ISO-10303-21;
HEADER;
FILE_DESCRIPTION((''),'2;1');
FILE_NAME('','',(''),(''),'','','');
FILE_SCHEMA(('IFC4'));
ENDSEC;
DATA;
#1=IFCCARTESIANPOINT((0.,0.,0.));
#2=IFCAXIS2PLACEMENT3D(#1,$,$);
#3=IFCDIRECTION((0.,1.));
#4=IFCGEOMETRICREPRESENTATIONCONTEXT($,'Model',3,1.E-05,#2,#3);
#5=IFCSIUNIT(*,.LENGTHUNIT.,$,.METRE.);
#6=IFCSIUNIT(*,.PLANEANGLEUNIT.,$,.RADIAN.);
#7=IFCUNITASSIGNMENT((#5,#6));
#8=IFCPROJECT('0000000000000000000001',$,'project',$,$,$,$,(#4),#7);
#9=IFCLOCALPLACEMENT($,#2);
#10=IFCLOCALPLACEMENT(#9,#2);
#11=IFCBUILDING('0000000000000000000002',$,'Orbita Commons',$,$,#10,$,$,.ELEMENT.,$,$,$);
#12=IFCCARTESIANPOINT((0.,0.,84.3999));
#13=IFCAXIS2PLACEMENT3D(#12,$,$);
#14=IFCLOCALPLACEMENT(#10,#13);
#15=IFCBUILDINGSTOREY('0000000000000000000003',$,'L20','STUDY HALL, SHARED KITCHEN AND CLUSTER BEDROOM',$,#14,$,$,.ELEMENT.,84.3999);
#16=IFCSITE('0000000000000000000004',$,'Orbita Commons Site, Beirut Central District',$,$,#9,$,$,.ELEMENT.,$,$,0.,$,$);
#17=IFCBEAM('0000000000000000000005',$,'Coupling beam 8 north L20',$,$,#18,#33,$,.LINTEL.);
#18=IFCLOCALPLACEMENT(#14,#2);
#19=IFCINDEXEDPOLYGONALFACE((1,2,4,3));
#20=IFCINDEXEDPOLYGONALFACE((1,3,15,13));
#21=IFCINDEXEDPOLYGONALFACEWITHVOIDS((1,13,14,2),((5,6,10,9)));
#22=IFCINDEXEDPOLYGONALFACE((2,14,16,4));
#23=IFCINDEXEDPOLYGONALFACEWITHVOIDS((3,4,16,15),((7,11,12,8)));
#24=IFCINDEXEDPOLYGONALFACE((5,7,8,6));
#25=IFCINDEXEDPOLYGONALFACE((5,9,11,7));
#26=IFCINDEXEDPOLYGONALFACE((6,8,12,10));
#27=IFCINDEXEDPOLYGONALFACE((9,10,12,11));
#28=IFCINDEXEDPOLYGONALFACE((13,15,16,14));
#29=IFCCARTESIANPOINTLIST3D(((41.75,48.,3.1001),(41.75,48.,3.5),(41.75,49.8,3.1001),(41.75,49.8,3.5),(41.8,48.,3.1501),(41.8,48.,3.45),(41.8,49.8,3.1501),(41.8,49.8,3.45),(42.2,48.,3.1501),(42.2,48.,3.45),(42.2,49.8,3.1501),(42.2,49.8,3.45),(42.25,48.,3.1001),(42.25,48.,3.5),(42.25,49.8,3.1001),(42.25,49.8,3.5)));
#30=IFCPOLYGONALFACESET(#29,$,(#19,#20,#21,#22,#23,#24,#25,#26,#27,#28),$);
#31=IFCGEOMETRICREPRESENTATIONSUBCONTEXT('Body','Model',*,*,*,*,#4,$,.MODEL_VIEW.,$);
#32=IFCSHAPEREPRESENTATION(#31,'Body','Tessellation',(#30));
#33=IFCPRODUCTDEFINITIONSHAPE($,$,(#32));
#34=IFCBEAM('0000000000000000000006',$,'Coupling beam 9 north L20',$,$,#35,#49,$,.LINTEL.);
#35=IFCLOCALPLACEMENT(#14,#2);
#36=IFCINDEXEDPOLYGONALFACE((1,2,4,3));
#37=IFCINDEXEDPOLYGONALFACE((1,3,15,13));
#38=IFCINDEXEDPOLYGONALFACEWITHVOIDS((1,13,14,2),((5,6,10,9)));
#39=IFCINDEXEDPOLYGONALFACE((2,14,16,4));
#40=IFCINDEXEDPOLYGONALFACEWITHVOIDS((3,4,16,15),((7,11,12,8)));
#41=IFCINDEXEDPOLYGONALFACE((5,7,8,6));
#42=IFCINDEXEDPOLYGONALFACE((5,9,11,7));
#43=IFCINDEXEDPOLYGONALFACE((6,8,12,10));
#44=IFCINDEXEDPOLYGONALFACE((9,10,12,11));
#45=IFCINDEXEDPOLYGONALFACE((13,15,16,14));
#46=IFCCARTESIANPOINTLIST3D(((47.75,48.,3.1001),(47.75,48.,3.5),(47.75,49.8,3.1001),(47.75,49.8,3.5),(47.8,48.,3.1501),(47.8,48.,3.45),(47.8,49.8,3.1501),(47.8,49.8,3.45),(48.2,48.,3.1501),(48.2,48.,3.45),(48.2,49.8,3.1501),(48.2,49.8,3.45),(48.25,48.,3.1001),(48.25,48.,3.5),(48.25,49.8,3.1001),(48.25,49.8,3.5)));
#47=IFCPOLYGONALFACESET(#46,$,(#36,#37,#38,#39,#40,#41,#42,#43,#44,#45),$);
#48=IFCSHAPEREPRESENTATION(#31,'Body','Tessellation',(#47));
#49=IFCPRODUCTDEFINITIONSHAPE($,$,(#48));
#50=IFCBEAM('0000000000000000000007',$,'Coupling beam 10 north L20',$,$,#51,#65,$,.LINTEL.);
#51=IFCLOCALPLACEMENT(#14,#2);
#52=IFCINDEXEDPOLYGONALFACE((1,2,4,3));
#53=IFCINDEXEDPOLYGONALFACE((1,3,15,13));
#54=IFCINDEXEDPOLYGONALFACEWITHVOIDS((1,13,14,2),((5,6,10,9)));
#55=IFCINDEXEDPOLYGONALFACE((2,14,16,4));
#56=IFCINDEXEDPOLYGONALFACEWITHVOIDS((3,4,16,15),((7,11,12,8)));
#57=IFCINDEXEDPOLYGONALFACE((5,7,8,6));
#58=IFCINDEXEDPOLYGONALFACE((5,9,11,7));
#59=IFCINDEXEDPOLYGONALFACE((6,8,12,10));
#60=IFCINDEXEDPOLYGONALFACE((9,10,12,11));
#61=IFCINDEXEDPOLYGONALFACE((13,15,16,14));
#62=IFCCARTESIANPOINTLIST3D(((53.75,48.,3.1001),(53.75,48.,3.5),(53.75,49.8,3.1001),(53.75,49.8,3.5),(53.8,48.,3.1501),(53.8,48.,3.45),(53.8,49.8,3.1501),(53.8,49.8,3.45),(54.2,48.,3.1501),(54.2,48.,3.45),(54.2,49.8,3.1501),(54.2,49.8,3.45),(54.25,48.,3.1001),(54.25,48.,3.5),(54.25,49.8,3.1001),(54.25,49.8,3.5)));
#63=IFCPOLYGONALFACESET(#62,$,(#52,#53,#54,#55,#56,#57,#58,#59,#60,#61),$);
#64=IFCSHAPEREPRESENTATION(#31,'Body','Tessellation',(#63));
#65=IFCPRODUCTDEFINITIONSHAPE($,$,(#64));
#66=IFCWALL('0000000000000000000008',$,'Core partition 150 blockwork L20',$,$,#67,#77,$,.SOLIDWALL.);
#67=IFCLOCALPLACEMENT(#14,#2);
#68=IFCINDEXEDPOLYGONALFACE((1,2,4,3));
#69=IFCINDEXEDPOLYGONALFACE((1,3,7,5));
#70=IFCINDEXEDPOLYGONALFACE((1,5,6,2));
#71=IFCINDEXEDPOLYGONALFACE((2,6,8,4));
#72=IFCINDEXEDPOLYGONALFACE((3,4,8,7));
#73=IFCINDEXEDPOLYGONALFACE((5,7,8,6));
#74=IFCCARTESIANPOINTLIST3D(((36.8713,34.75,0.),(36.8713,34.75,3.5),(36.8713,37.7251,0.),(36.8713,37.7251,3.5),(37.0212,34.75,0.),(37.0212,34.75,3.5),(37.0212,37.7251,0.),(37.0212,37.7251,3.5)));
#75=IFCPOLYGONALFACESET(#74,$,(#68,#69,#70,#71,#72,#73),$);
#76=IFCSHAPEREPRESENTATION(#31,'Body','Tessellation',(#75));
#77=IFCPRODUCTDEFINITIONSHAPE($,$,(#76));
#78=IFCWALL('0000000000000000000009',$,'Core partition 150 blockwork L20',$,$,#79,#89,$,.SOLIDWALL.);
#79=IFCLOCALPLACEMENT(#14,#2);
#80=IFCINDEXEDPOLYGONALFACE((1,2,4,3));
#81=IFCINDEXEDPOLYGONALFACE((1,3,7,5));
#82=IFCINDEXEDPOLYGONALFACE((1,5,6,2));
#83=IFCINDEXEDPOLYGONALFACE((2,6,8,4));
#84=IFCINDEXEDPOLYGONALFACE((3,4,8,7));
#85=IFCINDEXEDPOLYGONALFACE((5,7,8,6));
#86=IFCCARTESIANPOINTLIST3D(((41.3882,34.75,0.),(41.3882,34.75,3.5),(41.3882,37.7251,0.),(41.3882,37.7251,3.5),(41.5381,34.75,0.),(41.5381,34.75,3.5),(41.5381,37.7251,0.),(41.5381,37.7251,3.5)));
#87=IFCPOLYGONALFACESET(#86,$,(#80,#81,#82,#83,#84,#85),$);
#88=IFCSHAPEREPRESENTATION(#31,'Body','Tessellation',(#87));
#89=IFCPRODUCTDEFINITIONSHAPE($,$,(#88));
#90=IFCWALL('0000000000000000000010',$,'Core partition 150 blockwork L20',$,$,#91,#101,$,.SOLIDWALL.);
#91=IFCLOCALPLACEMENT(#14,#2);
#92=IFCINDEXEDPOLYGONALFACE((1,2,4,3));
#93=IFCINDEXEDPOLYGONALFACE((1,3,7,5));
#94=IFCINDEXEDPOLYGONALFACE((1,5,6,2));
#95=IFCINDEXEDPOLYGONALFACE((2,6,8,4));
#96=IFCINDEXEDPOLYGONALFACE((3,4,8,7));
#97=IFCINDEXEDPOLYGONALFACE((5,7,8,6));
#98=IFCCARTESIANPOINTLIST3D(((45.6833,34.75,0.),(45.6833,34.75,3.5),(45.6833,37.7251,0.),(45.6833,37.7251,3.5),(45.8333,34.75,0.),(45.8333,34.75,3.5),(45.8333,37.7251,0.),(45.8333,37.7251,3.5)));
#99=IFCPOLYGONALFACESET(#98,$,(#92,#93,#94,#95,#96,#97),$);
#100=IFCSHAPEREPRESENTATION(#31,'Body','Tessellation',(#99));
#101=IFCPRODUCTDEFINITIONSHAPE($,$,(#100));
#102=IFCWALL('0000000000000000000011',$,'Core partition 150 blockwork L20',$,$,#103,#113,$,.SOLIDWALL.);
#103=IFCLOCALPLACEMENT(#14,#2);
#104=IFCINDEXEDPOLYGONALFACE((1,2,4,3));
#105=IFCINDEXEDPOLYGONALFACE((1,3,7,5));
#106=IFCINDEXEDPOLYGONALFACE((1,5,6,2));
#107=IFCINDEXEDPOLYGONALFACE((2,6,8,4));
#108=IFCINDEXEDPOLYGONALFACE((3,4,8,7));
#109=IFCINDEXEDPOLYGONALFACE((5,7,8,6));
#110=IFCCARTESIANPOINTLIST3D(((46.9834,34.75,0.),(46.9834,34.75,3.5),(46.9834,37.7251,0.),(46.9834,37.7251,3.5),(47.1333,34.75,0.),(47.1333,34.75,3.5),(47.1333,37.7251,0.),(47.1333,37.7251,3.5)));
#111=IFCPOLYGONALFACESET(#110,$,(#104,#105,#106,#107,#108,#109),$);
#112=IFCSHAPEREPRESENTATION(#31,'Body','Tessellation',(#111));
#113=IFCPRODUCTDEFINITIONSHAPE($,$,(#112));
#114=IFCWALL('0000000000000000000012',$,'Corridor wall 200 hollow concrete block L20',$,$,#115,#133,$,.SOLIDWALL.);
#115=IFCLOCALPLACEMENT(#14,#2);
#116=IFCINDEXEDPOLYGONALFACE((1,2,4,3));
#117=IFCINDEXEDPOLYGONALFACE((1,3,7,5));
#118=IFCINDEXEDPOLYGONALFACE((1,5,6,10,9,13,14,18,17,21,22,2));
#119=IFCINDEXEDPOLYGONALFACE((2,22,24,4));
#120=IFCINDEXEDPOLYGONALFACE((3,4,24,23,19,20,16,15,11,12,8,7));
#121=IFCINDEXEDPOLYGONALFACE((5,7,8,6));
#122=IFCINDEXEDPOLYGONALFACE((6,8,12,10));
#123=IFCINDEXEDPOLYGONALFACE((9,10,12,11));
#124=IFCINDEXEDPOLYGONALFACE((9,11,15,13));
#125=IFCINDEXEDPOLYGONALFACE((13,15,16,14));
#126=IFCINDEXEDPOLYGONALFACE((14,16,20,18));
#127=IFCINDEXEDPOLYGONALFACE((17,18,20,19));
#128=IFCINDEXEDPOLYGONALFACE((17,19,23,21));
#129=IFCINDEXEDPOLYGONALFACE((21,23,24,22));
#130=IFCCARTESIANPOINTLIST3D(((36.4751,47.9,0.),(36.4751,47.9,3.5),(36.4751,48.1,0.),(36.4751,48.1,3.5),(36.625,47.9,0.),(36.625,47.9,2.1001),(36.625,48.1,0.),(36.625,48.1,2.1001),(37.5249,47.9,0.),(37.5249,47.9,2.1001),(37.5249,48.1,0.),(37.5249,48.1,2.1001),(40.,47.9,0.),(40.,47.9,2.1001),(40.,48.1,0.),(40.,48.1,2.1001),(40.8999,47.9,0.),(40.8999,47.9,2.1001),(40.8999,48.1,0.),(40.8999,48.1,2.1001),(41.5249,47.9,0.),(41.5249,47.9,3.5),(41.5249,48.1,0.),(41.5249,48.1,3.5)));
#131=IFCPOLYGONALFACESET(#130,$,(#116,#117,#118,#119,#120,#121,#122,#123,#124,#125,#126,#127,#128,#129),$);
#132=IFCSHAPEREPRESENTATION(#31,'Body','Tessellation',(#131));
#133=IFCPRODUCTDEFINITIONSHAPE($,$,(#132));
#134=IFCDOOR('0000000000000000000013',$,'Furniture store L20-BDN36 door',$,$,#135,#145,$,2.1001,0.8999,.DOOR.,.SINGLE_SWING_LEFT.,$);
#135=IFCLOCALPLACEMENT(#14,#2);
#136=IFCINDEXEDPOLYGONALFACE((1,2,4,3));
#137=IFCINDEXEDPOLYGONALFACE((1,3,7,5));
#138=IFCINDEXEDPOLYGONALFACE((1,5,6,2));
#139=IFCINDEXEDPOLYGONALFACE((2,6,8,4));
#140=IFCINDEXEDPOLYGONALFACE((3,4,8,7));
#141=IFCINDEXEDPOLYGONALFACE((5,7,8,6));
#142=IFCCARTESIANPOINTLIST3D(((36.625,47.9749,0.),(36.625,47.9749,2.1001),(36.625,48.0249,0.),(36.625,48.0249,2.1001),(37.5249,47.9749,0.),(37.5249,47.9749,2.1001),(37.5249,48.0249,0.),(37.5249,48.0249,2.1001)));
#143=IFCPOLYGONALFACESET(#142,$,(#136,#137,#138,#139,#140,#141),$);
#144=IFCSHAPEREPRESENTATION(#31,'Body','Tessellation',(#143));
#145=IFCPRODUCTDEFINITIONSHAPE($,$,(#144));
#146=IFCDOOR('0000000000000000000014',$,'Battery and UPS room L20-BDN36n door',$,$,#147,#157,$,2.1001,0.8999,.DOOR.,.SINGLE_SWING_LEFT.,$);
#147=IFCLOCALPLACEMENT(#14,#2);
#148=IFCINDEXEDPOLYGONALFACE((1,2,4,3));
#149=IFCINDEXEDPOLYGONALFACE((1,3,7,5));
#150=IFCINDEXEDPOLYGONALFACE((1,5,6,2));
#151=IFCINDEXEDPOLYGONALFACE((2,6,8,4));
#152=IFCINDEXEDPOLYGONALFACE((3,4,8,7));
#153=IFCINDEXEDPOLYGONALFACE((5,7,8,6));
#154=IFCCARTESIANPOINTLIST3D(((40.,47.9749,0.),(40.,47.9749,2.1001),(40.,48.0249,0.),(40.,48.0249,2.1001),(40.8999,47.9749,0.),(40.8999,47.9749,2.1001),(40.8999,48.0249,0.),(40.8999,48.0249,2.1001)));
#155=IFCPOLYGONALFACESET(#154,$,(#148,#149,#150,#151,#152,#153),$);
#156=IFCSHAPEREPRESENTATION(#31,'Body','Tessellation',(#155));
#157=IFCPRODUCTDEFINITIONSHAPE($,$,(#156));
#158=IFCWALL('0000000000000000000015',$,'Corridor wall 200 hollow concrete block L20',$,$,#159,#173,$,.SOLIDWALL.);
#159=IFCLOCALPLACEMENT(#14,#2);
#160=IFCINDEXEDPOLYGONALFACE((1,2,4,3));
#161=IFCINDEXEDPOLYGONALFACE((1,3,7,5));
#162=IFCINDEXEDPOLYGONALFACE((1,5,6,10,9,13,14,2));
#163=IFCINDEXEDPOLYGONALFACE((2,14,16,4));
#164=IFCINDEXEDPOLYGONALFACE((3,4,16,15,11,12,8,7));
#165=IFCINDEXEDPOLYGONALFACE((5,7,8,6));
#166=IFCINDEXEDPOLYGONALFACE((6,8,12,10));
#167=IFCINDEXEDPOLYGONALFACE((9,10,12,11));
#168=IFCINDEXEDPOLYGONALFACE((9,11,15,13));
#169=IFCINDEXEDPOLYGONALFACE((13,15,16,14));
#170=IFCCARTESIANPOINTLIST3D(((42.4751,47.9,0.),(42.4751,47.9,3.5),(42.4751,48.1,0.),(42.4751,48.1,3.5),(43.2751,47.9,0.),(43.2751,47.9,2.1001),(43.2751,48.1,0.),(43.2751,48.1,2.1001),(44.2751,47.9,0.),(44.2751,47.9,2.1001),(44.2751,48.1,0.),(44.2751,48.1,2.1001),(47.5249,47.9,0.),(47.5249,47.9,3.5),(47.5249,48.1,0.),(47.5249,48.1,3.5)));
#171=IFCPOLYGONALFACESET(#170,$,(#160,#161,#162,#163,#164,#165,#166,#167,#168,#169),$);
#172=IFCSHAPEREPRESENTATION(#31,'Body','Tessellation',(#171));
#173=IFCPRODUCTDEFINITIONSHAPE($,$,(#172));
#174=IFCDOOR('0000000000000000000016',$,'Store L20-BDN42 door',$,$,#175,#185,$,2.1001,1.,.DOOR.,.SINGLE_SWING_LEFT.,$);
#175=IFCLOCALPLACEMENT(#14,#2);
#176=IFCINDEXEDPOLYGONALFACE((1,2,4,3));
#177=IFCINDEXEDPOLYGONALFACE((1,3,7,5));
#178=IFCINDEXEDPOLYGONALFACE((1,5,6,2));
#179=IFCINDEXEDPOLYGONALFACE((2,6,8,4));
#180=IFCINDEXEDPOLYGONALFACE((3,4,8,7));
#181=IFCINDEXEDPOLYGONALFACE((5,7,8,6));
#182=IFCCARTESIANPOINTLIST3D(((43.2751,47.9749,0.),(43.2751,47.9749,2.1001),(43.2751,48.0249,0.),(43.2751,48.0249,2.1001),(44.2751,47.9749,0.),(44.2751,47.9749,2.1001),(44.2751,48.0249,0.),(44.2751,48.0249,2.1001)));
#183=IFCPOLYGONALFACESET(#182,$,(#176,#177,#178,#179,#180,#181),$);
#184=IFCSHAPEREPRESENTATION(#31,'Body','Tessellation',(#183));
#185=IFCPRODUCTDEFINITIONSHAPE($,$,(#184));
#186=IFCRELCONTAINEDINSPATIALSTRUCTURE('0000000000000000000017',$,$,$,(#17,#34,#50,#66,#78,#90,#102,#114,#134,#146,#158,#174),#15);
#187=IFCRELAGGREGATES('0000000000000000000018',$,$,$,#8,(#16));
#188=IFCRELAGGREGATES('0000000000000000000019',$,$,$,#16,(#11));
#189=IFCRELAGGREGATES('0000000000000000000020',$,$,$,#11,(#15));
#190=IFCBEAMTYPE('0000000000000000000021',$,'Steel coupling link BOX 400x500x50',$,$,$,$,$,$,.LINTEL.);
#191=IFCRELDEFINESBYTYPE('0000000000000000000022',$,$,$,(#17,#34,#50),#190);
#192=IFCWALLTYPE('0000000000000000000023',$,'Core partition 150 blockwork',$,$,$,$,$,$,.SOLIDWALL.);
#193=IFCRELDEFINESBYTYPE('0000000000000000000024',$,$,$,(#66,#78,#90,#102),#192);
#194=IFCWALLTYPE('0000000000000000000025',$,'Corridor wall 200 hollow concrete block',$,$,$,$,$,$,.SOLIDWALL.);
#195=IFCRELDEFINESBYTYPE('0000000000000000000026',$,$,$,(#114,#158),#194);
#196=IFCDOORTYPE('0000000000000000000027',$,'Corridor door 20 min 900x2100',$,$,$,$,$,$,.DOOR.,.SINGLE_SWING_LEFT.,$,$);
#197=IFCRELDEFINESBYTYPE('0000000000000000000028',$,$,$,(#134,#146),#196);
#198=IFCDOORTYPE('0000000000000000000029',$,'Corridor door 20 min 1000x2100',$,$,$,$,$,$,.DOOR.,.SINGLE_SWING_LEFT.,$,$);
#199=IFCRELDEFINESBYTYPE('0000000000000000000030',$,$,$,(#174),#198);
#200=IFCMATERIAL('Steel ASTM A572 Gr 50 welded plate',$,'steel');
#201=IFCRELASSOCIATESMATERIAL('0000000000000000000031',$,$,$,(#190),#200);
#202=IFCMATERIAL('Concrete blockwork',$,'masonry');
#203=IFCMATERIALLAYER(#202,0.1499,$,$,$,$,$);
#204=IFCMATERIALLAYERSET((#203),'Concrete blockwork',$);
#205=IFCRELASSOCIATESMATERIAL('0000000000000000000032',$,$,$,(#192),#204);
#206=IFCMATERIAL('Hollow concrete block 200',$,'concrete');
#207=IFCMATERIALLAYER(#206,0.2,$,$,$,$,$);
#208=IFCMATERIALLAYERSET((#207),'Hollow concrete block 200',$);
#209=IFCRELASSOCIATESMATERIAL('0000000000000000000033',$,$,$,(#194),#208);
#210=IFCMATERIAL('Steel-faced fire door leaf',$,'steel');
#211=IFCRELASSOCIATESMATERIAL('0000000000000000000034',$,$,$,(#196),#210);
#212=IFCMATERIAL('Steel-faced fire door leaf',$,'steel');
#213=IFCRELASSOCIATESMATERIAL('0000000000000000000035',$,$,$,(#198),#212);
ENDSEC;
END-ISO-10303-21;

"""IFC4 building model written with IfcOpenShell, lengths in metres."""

from ifc_helpers import new_model, si_unit, direction, frame, frame_2d, origin, origin_2d, place, context, subcontext, project, spatial, rectangle, hollow_rectangle, extrude, material, layer, layer_set, material_profile, profile_set, type_object, element, fill, save


model = new_model("IFC4")

# Units and contexts
model_context = context("Model", 3, precision=1e-05, world=origin(), true_north=direction((0.0, 1.0)))
body_context = subcontext(model_context, "Body", "Model", "MODEL_VIEW")
ifc_project = project(units=[si_unit("LENGTHUNIT", "METRE"), si_unit("PLANEANGLEUNIT", "RADIAN")], contexts=[model_context])

# Site, building, storey
site_placement = place(None, origin())
site = spatial("IfcSite", under=ifc_project, at=site_placement, Name="Orbita Commons Site, Beirut Central District", CompositionType="ELEMENT", RefElevation=0.0)
building_placement = place(site_placement, origin())
building = spatial("IfcBuilding", under=site, at=building_placement, Name="Orbita Commons", CompositionType="ELEMENT")
storey_placement = place(building_placement, frame((0.0, 0.0, 84.3999)))
storey = spatial("IfcBuildingStorey", under=building, at=storey_placement, Name="L20", Description="STUDY HALL, SHARED KITCHEN AND CLUSTER BEDROOM", CompositionType="ELEMENT", Elevation=84.3999)

# Beams
ifc_material_1 = material(Name="Steel ASTM A572 Gr 50 welded plate", Category="steel")
ifc_material_profile = material_profile(ifc_material_1, hollow_rectangle(XDim=0.5, YDim=0.3999, WallThickness=0.05, at=origin_2d()), Name="BOX 400x500x50")
ifc_profile_set = profile_set([ifc_material_profile], Name="Steel ASTM A572 Gr 50 welded plate")
beam_type = type_object("IfcBeamType", Name="Steel coupling link BOX 400x500x50", PredefinedType="LINTEL", material=ifc_profile_set)
for number, where, z_axis, x_axis, name in (
    (1, (42.0, 48.0, 3.3), (0.0, 1.0, 0.0), (-1.0, 0.0, 0.0), "Coupling beam 8 north L20"),
    (2, (48.0, 48.0, 3.3), (0.0, 1.0, 0.0), (-1.0, 0.0, 0.0), "Coupling beam 9 north L20"),
    (3, (54.0, 48.0, 3.3), (0.0, 1.0, 0.0), (-1.0, 0.0, 0.0), "Coupling beam 10 north L20"),
):
    element("IfcBeam", number, at=place(storey_placement, frame(where, z_axis=z_axis, x_axis=x_axis)), inside=storey, type_object=beam_type, Name=name, PredefinedType="LINTEL", context=body_context, shape_type="SweptSolid", body=[
        extrude(hollow_rectangle(XDim=0.5, YDim=0.3999, WallThickness=0.05, at=origin_2d()), origin(), (0.0, 0.0, 1.0), 1.8),
    ])

# Walls
ifc_material_2 = material(Name="Concrete blockwork", Category="masonry")
ifc_layer_1 = layer(ifc_material_2, 0.1499)
ifc_layer_set_1 = layer_set([ifc_layer_1], Name="Concrete blockwork")
wall_type_1 = type_object("IfcWallType", Name="Core partition 150 blockwork", PredefinedType="SOLIDWALL", material=ifc_layer_set_1)
for number, where, z_axis, x_axis, name in (
    (4, (36.9463, 34.75, 0.0), (0.0, 0.0, 1.0), (0.0, 1.0, 0.0), "Core partition 150 blockwork L20"),
    (5, (41.4631, 34.75, 0.0), (0.0, 0.0, 1.0), (0.0, 1.0, 0.0), "Core partition 150 blockwork L20"),
    (6, (45.7583, 34.75, 0.0), (0.0, 0.0, 1.0), (0.0, 1.0, 0.0), "Core partition 150 blockwork L20"),
    (7, (47.0583, 34.75, 0.0), (0.0, 0.0, 1.0), (0.0, 1.0, 0.0), "Core partition 150 blockwork L20"),
):
    element("IfcWall", number, at=place(storey_placement, frame(where, z_axis=z_axis, x_axis=x_axis)), inside=storey, type_object=wall_type_1, Name=name, PredefinedType="SOLIDWALL", context=body_context, shape_type="SweptSolid", body=[
        extrude(rectangle(XDim=2.9751, YDim=0.1499, at=frame_2d((1.4875, 0.0))), origin(), (0.0, 0.0, 1.0), 3.5),
    ])

# Wall, openings, doors
ifc_material_3 = material(Name="Hollow concrete block 200", Category="concrete")
ifc_layer_2 = layer(ifc_material_3, 0.2)
ifc_layer_set_2 = layer_set([ifc_layer_2], Name="Hollow concrete block 200")
wall_type_2 = type_object("IfcWallType", Name="Corridor wall 200 hollow concrete block", PredefinedType="SOLIDWALL", material=ifc_layer_set_2)
wall_1_placement = place(storey_placement, frame((36.4751, 48.0, 0.0), z_axis=(0.0, 0.0, 1.0), x_axis=(1.0, 0.0, 0.0)))
wall_1 = element("IfcWall", 8, at=wall_1_placement, inside=storey, type_object=wall_type_2, Name="Corridor wall 200 hollow concrete block L20", PredefinedType="SOLIDWALL", context=body_context, shape_type="SweptSolid", body=[
    extrude(rectangle(XDim=5.0498, YDim=0.2, at=frame_2d((2.5249, 0.0))), origin(), (0.0, 0.0, 1.0), 3.5),
])
opening_1_placement = place(wall_1_placement, frame((0.1499, 0.0, 0.0)))
opening_1 = element("IfcOpeningElement", 9, at=opening_1_placement, cuts=wall_1, PredefinedType="OPENING", context=body_context, shape_type="SweptSolid", body=[
    extrude(rectangle(XDim=0.8999, YDim=2.1001, at=frame_2d((0.45, 1.05))), frame((0.0, 0.1099, 0.0), z_axis=(0.0, -1.0, 0.0), x_axis=(1.0, 0.0, 0.0)), (0.0, 0.0, 1.0), 0.22),
])
opening_2_placement = place(wall_1_placement, frame((3.5249, 0.0, 0.0)))
opening_2 = element("IfcOpeningElement", 10, at=opening_2_placement, cuts=wall_1, PredefinedType="OPENING", context=body_context, shape_type="SweptSolid", body=[
    extrude(rectangle(XDim=0.8999, YDim=2.1001, at=frame_2d((0.45, 1.05))), frame((0.0, 0.1099, 0.0), z_axis=(0.0, -1.0, 0.0), x_axis=(1.0, 0.0, 0.0)), (0.0, 0.0, 1.0), 0.22),
])
ifc_material_4 = material(Name="Steel-faced fire door leaf", Category="steel")
door_type_1 = type_object("IfcDoorType", Name="Corridor door 20 min 900x2100", OperationType="SINGLE_SWING_LEFT", PredefinedType="DOOR", material=ifc_material_4)
door_1_placement = place(opening_1_placement, origin())
door_1 = element("IfcDoor", 11, at=door_1_placement, inside=storey, type_object=door_type_1, Name="Furniture store L20-BDN36 door", OperationType="SINGLE_SWING_LEFT", OverallHeight=2.1001, OverallWidth=0.8999, PredefinedType="DOOR", context=body_context, shape_type="SweptSolid", body=[
    extrude(rectangle(XDim=0.8999, YDim=2.1001, at=frame_2d((0.45, 1.05))), frame((0.0, 0.0249, 0.0), z_axis=(0.0, -1.0, 0.0), x_axis=(1.0, 0.0, 0.0)), (0.0, 0.0, 1.0), 0.05),
])
fill(opening_1, door_1)
door_2_placement = place(opening_2_placement, origin())
door_2 = element("IfcDoor", 12, at=door_2_placement, inside=storey, type_object=door_type_1, Name="Battery and UPS room L20-BDN36n door", OperationType="SINGLE_SWING_LEFT", OverallHeight=2.1001, OverallWidth=0.8999, PredefinedType="DOOR", context=body_context, shape_type="SweptSolid", body=[
    extrude(rectangle(XDim=0.8999, YDim=2.1001, at=frame_2d((0.45, 1.05))), frame((0.0, 0.0249, 0.0), z_axis=(0.0, -1.0, 0.0), x_axis=(1.0, 0.0, 0.0)), (0.0, 0.0, 1.0), 0.05),
])
fill(opening_2, door_2)

# Wall, opening, door
wall_2_placement = place(storey_placement, frame((42.4751, 48.0, 0.0), z_axis=(0.0, 0.0, 1.0), x_axis=(1.0, 0.0, 0.0)))
wall_2 = element("IfcWall", 13, at=wall_2_placement, inside=storey, type_object=wall_type_2, Name="Corridor wall 200 hollow concrete block L20", PredefinedType="SOLIDWALL", context=body_context, shape_type="SweptSolid", body=[
    extrude(rectangle(XDim=5.0498, YDim=0.2, at=frame_2d((2.5249, 0.0))), origin(), (0.0, 0.0, 1.0), 3.5),
])
opening_3_placement = place(wall_2_placement, frame((0.8, 0.0, 0.0)))
opening_3 = element("IfcOpeningElement", 14, at=opening_3_placement, cuts=wall_2, PredefinedType="OPENING", context=body_context, shape_type="SweptSolid", body=[
    extrude(rectangle(XDim=1.0, YDim=2.1001, at=frame_2d((0.5, 1.05))), frame((0.0, 0.1099, 0.0), z_axis=(0.0, -1.0, 0.0), x_axis=(1.0, 0.0, 0.0)), (0.0, 0.0, 1.0), 0.22),
])
ifc_material_5 = material(Name="Steel-faced fire door leaf", Category="steel")
door_type_2 = type_object("IfcDoorType", Name="Corridor door 20 min 1000x2100", OperationType="SINGLE_SWING_LEFT", PredefinedType="DOOR", material=ifc_material_5)
door_3_placement = place(opening_3_placement, origin())
door_3 = element("IfcDoor", 15, at=door_3_placement, inside=storey, type_object=door_type_2, Name="Store L20-BDN42 door", OperationType="SINGLE_SWING_LEFT", OverallHeight=2.1001, OverallWidth=1.0, PredefinedType="DOOR", context=body_context, shape_type="SweptSolid", body=[
    extrude(rectangle(XDim=1.0, YDim=2.1001, at=frame_2d((0.5, 1.05))), frame((0.0, 0.0249, 0.0), z_axis=(0.0, -1.0, 0.0), x_axis=(1.0, 0.0, 0.0)), (0.0, 0.0, 1.0), 0.05),
])
fill(opening_3, door_3)

save(model, "model.ifc")
